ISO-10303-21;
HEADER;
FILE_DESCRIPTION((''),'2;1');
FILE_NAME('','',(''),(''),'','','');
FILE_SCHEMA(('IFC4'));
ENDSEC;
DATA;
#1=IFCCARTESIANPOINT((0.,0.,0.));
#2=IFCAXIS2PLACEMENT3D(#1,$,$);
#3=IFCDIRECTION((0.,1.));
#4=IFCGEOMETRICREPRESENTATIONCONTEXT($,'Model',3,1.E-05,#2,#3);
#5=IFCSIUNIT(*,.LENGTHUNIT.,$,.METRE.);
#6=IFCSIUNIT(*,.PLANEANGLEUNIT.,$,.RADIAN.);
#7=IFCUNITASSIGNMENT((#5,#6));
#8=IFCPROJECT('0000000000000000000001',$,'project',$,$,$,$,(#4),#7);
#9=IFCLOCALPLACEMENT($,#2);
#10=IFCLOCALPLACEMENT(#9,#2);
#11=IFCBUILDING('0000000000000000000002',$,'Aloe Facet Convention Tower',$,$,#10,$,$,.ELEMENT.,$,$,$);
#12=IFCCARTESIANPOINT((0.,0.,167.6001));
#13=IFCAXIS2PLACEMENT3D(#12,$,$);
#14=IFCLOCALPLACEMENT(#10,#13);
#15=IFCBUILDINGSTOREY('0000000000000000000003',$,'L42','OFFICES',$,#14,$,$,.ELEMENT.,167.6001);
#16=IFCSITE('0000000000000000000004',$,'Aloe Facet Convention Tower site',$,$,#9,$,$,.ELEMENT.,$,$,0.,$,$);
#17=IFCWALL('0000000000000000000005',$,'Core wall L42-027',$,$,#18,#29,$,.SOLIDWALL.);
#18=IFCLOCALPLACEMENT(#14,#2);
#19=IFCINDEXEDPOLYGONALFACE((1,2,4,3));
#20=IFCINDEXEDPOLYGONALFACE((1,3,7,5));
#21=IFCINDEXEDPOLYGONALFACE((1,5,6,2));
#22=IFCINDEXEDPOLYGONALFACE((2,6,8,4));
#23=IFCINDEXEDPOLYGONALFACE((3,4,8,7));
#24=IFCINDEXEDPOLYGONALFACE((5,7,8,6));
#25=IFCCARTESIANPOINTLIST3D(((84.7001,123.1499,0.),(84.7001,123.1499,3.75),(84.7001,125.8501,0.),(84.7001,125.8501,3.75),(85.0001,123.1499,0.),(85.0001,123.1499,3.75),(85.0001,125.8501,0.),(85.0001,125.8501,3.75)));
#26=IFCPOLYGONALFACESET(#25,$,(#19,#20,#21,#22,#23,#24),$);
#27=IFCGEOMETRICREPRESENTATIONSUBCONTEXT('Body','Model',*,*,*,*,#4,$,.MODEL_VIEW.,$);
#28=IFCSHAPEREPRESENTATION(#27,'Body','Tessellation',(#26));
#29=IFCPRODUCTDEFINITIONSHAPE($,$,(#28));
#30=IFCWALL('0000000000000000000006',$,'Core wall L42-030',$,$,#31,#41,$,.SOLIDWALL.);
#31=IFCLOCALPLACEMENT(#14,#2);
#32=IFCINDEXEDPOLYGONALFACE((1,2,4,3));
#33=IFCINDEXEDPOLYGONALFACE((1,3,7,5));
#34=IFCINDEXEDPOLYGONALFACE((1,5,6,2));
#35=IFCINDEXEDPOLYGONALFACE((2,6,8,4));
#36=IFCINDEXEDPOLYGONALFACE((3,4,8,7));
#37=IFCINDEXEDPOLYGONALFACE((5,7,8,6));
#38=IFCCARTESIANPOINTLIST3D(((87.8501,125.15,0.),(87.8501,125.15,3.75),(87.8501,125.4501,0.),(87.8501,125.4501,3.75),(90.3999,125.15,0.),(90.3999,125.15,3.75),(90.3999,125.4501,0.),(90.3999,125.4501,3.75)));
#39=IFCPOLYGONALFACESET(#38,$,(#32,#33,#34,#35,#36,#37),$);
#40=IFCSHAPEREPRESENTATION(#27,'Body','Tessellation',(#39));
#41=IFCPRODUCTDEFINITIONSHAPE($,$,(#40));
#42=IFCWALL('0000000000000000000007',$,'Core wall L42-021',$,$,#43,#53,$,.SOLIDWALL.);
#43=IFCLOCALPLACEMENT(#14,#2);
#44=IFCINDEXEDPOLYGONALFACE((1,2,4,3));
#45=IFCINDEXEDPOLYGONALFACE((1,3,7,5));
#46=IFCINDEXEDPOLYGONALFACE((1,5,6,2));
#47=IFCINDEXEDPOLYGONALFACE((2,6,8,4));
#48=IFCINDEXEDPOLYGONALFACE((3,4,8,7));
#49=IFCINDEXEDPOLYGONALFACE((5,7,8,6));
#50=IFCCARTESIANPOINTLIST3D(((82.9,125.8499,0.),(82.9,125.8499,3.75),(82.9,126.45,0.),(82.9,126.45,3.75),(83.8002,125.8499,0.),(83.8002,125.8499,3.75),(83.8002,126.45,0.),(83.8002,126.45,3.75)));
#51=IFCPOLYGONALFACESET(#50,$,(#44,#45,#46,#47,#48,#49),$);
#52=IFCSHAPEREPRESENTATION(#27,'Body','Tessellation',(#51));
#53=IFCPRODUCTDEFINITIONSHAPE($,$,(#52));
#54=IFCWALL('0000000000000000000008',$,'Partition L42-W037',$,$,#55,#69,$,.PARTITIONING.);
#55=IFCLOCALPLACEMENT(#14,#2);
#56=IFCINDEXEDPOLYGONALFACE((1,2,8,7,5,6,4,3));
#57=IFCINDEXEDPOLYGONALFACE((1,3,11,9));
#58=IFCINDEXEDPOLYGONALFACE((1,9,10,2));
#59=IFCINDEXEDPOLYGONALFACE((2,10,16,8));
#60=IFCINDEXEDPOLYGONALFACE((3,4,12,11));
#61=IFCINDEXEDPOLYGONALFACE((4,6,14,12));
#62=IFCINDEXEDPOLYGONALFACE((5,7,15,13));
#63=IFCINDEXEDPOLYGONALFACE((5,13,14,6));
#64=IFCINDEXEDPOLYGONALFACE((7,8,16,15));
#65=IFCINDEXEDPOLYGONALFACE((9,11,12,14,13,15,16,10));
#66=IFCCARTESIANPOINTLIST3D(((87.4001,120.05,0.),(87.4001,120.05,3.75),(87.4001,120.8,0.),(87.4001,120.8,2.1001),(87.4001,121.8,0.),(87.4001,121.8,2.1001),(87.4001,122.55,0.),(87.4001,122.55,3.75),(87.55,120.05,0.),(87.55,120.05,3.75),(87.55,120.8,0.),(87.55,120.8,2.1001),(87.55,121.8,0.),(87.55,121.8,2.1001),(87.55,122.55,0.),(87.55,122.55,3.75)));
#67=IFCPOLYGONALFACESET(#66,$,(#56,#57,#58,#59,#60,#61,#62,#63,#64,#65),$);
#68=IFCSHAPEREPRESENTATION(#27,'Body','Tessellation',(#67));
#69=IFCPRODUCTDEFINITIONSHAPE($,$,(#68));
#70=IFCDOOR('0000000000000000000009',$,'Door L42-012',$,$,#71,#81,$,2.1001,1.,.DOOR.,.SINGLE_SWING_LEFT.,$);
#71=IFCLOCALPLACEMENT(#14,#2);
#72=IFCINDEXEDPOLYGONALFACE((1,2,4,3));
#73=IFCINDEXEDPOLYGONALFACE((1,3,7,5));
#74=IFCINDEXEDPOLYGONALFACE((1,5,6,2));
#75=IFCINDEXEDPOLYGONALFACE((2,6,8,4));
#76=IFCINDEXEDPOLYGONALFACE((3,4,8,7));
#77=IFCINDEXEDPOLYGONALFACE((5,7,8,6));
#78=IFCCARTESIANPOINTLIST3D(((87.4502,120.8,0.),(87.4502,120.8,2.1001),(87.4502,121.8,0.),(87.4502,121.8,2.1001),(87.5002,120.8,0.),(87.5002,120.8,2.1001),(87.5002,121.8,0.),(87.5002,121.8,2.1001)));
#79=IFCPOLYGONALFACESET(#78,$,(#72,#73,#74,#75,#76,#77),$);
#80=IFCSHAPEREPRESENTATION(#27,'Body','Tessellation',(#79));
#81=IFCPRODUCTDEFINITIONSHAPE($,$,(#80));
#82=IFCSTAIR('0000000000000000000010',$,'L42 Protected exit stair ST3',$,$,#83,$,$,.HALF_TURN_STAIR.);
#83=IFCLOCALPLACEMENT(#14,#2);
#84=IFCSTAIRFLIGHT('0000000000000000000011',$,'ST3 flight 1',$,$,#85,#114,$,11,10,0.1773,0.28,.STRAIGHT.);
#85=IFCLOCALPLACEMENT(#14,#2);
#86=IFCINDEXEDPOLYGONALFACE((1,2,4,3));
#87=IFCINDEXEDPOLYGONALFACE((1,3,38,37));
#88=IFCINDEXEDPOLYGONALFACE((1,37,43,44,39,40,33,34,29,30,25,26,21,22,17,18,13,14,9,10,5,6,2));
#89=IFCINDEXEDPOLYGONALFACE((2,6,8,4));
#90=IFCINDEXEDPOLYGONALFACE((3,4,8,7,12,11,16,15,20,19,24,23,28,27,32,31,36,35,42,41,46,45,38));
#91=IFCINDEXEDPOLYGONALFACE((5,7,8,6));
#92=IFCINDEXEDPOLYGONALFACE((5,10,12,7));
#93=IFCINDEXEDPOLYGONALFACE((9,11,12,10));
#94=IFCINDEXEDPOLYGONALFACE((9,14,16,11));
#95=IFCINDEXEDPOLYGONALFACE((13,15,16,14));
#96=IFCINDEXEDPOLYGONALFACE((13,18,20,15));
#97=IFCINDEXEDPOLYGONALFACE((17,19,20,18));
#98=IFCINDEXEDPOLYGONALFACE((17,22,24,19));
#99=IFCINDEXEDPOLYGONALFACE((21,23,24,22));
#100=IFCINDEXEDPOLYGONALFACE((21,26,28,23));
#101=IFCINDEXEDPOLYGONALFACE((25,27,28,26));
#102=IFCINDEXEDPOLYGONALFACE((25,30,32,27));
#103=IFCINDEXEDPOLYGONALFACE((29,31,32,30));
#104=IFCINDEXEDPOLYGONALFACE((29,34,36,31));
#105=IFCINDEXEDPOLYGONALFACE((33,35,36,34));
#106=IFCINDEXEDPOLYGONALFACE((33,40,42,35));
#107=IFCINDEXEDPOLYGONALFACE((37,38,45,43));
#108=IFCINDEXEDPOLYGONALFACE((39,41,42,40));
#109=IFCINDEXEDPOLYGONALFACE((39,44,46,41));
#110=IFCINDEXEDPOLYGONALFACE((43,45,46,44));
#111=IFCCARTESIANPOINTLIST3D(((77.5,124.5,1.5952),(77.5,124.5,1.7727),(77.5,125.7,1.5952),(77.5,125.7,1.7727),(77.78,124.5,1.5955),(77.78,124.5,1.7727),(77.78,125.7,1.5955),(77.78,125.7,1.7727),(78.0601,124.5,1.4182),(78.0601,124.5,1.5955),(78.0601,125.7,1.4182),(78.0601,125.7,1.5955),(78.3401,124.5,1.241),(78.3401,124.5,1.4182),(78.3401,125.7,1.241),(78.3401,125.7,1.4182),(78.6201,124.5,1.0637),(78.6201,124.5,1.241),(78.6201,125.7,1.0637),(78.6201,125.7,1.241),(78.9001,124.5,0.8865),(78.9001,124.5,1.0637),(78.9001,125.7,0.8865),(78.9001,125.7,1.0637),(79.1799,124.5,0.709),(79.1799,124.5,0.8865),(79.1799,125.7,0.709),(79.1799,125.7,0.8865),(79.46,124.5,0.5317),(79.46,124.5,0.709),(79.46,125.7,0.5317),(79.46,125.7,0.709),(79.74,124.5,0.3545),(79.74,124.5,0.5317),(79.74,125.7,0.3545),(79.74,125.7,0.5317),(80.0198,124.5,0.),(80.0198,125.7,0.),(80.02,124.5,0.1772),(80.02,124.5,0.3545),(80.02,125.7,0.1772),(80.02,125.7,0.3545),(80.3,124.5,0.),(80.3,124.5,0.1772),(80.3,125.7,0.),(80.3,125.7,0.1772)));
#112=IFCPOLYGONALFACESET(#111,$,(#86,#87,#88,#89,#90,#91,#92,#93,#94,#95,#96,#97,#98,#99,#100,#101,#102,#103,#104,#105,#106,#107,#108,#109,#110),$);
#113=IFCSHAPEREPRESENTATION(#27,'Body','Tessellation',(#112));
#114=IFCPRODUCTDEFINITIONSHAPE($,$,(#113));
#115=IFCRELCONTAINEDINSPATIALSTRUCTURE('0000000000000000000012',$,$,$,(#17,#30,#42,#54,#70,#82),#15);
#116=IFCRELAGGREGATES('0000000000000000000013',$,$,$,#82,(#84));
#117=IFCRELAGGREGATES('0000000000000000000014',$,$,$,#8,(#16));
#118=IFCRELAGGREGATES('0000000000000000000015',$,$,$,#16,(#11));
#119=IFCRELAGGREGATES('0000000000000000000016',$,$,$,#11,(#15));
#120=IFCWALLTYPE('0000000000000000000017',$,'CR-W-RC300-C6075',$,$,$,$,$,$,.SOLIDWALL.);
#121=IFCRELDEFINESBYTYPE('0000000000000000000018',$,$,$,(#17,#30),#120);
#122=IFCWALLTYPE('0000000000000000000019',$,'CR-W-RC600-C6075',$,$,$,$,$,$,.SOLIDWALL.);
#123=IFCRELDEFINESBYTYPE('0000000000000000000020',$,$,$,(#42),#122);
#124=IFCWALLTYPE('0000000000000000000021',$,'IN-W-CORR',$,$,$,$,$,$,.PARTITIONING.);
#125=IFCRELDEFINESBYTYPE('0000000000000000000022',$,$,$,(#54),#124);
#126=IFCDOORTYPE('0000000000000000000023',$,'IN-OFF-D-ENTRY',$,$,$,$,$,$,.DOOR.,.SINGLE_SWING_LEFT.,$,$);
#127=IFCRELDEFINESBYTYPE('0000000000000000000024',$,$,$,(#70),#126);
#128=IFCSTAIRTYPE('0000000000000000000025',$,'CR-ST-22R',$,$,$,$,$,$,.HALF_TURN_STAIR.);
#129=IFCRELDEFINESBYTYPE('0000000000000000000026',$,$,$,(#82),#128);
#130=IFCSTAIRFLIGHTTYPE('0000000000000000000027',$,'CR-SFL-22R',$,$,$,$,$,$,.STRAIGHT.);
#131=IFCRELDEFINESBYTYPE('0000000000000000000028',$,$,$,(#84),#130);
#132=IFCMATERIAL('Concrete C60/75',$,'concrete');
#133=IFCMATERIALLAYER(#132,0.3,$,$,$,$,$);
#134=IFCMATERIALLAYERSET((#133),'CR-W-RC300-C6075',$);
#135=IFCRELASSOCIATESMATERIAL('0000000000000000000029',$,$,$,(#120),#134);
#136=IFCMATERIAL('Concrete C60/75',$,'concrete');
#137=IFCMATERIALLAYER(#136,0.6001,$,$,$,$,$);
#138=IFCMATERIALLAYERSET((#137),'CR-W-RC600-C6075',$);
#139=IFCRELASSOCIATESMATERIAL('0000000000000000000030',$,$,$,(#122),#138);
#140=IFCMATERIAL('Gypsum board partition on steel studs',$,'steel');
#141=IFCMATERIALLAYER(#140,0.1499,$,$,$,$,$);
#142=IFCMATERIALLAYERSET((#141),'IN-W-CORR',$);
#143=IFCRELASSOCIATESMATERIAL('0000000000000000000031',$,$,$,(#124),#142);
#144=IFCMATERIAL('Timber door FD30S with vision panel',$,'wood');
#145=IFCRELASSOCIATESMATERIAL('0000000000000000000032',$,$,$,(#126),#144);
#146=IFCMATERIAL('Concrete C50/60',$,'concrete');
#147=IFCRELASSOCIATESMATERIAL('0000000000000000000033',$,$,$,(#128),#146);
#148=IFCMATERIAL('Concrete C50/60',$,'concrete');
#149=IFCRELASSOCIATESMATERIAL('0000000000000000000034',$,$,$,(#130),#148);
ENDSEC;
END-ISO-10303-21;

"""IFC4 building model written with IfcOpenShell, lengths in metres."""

from ifc_helpers import new_model, si_unit, direction, frame, frame_2d, origin, place, context, subcontext, project, spatial, polyline, rectangle, outline, extrude, material, layer, layer_set, type_object, element, fill, aggregate, save


model = new_model("IFC4")

# Units and contexts
model_context = context("Model", 3, precision=1e-05, world=origin(), true_north=direction((0.0, 1.0)))
body_context = subcontext(model_context, "Body", "Model", "MODEL_VIEW")
ifc_project = project(units=[si_unit("LENGTHUNIT", "METRE"), si_unit("PLANEANGLEUNIT", "RADIAN")], contexts=[model_context])

# Site, building, storey
site_placement = place(None, origin())
site = spatial("IfcSite", under=ifc_project, at=site_placement, Name="Aloe Facet Convention Tower site", CompositionType="ELEMENT", RefElevation=0.0)
building_placement = place(site_placement, origin())
building = spatial("IfcBuilding", under=site, at=building_placement, Name="Aloe Facet Convention Tower", CompositionType="ELEMENT")
storey_placement = place(building_placement, frame((0.0, 0.0, 167.6001)))
storey = spatial("IfcBuildingStorey", under=building, at=storey_placement, Name="L42", Description="OFFICES", CompositionType="ELEMENT", Elevation=167.6001)

# Shared definitions
ifc_material_1 = material(Name="Concrete C60/75", Category="concrete")
ifc_layer_1 = layer(ifc_material_1, 0.3)
ifc_layer_set_1 = layer_set([ifc_layer_1], Name="CR-W-RC300-C6075")
wall_type_1 = type_object("IfcWallType", Name="CR-W-RC300-C6075", PredefinedType="SOLIDWALL", material=ifc_layer_set_1)

# Walls
wall_1_placement = place(storey_placement, frame((84.8501, 125.8501, 0.0), z_axis=(0.0, 0.0, 1.0), x_axis=(0.0, -1.0, 0.0)))
element("IfcWall", 1, at=wall_1_placement, inside=storey, type_object=wall_type_1, Name="Core wall L42-027", PredefinedType="SOLIDWALL", context=body_context, shape_type="SweptSolid", body=[
    extrude(rectangle(XDim=2.7002, YDim=0.3, at=frame_2d((1.3501, 0.0))), origin(), (0.0, 0.0, 1.0), 3.75),
])
wall_2_placement = place(storey_placement, frame((87.8501, 125.3, 0.0), z_axis=(0.0, 0.0, 1.0), x_axis=(1.0, 0.0, 0.0)))
element("IfcWall", 2, at=wall_2_placement, inside=storey, type_object=wall_type_1, Name="Core wall L42-030", PredefinedType="SOLIDWALL", context=body_context, shape_type="SweptSolid", body=[
    extrude(rectangle(XDim=2.5498, YDim=0.3, at=frame_2d((1.2749, 0.0))), origin(), (0.0, 0.0, 1.0), 3.75),
])
ifc_material_2 = material(Name="Concrete C60/75", Category="concrete")
ifc_layer_2 = layer(ifc_material_2, 0.6001)
ifc_layer_set_2 = layer_set([ifc_layer_2], Name="CR-W-RC600-C6075")
wall_type_2 = type_object("IfcWallType", Name="CR-W-RC600-C6075", PredefinedType="SOLIDWALL", material=ifc_layer_set_2)
wall_3_placement = place(storey_placement, frame((82.8999, 126.1499, 0.0), z_axis=(0.0, 0.0, 1.0), x_axis=(1.0, 0.0, 0.0)))
element("IfcWall", 3, at=wall_3_placement, inside=storey, type_object=wall_type_2, Name="Core wall L42-021", PredefinedType="SOLIDWALL", context=body_context, shape_type="SweptSolid", body=[
    extrude(rectangle(XDim=0.9001, YDim=0.6001, at=frame_2d((0.4502, 0.0))), origin(), (0.0, 0.0, 1.0), 3.75),
])

# Wall, opening, door
ifc_material_3 = material(Name="Gypsum board partition on steel studs", Category="steel")
ifc_layer_3 = layer(ifc_material_3, 0.1499)
ifc_layer_set_3 = layer_set([ifc_layer_3], Name="IN-W-CORR")
wall_type_3 = type_object("IfcWallType", Name="IN-W-CORR", PredefinedType="PARTITIONING", material=ifc_layer_set_3)
wall_4_placement = place(storey_placement, frame((87.4751, 120.05, 0.0), z_axis=(0.0, 0.0, 1.0), x_axis=(0.0, 1.0, 0.0)))
wall_4 = element("IfcWall", 4, at=wall_4_placement, inside=storey, type_object=wall_type_3, Name="Partition L42-W037", PredefinedType="PARTITIONING", context=body_context, shape_type="SweptSolid", body=[
    extrude(rectangle(XDim=2.5, YDim=0.1499, at=frame_2d((1.25, 0.0))), origin(), (0.0, 0.0, 1.0), 3.75),
])
opening_1_placement = place(wall_4_placement, frame((0.75, 0.0, 0.0)))
opening_1 = element("IfcOpeningElement", 5, at=opening_1_placement, cuts=wall_4, PredefinedType="OPENING", context=body_context, shape_type="SweptSolid", body=[
    extrude(rectangle(XDim=1.0, YDim=2.1001, at=frame_2d((0.5, 1.05))), frame((0.0, 0.085, 0.0), z_axis=(0.0, -1.0, 0.0), x_axis=(1.0, 0.0, 0.0)), (0.0, 0.0, 1.0), 0.1699),
])
ifc_material_4 = material(Name="Timber door FD30S with vision panel", Category="wood")
door_type_1 = type_object("IfcDoorType", Name="IN-OFF-D-ENTRY", OperationType="SINGLE_SWING_LEFT", PredefinedType="DOOR", material=ifc_material_4)
door_1_placement = place(opening_1_placement, origin())
door_1 = element("IfcDoor", 6, at=door_1_placement, inside=storey, type_object=door_type_1, Name="Door L42-012", OperationType="SINGLE_SWING_LEFT", OverallHeight=2.1001, OverallWidth=1.0, PredefinedType="DOOR", context=body_context, shape_type="SweptSolid", body=[
    extrude(rectangle(XDim=1.0, YDim=2.1001, at=frame_2d((0.5, 1.05))), frame((0.0, 0.0249, 0.0), z_axis=(0.0, -1.0, 0.0), x_axis=(1.0, 0.0, 0.0)), (0.0, 0.0, 1.0), 0.05),
])
fill(opening_1, door_1)

# Stair, stair flight
ifc_material_5 = material(Name="Concrete C50/60", Category="concrete")
stair_type = type_object("IfcStairType", Name="CR-ST-22R", PredefinedType="HALF_TURN_STAIR", material=ifc_material_5)
stair_placement = place(storey_placement, origin())
stair = element("IfcStair", 7, at=stair_placement, inside=storey, type_object=stair_type, Name="L42 Protected exit stair ST3", PredefinedType="HALF_TURN_STAIR")
ifc_material_6 = material(Name="Concrete C50/60", Category="concrete")
stair_flight_type = type_object("IfcStairFlightType", Name="CR-SFL-22R", PredefinedType="STRAIGHT", material=ifc_material_6)
stair_flight_placement = place(storey_placement, frame((80.3, 125.1001, 0.0), z_axis=(0.0, 0.0, 1.0), x_axis=(-1.0, 0.0, 0.0)))
stair_flight = element("IfcStairFlight", 8, at=stair_flight_placement, type_object=stair_flight_type, Name="ST3 flight 1", NumberOfRisers=11, NumberOfTreads=10, PredefinedType="STRAIGHT", RiserHeight=0.1773, TreadLength=0.28, context=body_context, shape_type="SweptSolid", body=[
    extrude(outline(polyline([(0.0, 0.0), (0.0, 0.1772), (0.28, 0.1772), (0.28, 0.3545), (0.5601, 0.3545), (0.5601, 0.5317), (0.8401, 0.5317), (0.8401, 0.709), (1.1201, 0.709), (1.1201, 0.8865), (1.3999, 0.8865), (1.3999, 1.0637), (1.6799, 1.0637), (1.6799, 1.241), (1.96, 1.241), (1.96, 1.4182), (2.24, 1.4182), (2.24, 1.5955), (2.52, 1.5955), (2.52, 1.7727), (2.8, 1.7727), (2.8, 1.95), (2.8, 1.5952), (0.2803, 0.0), (0.0, 0.0)])), frame((0.0, 0.6001, 0.0), z_axis=(0.0, -1.0, 0.0), x_axis=(1.0, 0.0, 0.0)), (0.0, 0.0, 1.0), 1.2),
])
aggregate(stair, [stair_flight])

save(model, "model.ifc")
